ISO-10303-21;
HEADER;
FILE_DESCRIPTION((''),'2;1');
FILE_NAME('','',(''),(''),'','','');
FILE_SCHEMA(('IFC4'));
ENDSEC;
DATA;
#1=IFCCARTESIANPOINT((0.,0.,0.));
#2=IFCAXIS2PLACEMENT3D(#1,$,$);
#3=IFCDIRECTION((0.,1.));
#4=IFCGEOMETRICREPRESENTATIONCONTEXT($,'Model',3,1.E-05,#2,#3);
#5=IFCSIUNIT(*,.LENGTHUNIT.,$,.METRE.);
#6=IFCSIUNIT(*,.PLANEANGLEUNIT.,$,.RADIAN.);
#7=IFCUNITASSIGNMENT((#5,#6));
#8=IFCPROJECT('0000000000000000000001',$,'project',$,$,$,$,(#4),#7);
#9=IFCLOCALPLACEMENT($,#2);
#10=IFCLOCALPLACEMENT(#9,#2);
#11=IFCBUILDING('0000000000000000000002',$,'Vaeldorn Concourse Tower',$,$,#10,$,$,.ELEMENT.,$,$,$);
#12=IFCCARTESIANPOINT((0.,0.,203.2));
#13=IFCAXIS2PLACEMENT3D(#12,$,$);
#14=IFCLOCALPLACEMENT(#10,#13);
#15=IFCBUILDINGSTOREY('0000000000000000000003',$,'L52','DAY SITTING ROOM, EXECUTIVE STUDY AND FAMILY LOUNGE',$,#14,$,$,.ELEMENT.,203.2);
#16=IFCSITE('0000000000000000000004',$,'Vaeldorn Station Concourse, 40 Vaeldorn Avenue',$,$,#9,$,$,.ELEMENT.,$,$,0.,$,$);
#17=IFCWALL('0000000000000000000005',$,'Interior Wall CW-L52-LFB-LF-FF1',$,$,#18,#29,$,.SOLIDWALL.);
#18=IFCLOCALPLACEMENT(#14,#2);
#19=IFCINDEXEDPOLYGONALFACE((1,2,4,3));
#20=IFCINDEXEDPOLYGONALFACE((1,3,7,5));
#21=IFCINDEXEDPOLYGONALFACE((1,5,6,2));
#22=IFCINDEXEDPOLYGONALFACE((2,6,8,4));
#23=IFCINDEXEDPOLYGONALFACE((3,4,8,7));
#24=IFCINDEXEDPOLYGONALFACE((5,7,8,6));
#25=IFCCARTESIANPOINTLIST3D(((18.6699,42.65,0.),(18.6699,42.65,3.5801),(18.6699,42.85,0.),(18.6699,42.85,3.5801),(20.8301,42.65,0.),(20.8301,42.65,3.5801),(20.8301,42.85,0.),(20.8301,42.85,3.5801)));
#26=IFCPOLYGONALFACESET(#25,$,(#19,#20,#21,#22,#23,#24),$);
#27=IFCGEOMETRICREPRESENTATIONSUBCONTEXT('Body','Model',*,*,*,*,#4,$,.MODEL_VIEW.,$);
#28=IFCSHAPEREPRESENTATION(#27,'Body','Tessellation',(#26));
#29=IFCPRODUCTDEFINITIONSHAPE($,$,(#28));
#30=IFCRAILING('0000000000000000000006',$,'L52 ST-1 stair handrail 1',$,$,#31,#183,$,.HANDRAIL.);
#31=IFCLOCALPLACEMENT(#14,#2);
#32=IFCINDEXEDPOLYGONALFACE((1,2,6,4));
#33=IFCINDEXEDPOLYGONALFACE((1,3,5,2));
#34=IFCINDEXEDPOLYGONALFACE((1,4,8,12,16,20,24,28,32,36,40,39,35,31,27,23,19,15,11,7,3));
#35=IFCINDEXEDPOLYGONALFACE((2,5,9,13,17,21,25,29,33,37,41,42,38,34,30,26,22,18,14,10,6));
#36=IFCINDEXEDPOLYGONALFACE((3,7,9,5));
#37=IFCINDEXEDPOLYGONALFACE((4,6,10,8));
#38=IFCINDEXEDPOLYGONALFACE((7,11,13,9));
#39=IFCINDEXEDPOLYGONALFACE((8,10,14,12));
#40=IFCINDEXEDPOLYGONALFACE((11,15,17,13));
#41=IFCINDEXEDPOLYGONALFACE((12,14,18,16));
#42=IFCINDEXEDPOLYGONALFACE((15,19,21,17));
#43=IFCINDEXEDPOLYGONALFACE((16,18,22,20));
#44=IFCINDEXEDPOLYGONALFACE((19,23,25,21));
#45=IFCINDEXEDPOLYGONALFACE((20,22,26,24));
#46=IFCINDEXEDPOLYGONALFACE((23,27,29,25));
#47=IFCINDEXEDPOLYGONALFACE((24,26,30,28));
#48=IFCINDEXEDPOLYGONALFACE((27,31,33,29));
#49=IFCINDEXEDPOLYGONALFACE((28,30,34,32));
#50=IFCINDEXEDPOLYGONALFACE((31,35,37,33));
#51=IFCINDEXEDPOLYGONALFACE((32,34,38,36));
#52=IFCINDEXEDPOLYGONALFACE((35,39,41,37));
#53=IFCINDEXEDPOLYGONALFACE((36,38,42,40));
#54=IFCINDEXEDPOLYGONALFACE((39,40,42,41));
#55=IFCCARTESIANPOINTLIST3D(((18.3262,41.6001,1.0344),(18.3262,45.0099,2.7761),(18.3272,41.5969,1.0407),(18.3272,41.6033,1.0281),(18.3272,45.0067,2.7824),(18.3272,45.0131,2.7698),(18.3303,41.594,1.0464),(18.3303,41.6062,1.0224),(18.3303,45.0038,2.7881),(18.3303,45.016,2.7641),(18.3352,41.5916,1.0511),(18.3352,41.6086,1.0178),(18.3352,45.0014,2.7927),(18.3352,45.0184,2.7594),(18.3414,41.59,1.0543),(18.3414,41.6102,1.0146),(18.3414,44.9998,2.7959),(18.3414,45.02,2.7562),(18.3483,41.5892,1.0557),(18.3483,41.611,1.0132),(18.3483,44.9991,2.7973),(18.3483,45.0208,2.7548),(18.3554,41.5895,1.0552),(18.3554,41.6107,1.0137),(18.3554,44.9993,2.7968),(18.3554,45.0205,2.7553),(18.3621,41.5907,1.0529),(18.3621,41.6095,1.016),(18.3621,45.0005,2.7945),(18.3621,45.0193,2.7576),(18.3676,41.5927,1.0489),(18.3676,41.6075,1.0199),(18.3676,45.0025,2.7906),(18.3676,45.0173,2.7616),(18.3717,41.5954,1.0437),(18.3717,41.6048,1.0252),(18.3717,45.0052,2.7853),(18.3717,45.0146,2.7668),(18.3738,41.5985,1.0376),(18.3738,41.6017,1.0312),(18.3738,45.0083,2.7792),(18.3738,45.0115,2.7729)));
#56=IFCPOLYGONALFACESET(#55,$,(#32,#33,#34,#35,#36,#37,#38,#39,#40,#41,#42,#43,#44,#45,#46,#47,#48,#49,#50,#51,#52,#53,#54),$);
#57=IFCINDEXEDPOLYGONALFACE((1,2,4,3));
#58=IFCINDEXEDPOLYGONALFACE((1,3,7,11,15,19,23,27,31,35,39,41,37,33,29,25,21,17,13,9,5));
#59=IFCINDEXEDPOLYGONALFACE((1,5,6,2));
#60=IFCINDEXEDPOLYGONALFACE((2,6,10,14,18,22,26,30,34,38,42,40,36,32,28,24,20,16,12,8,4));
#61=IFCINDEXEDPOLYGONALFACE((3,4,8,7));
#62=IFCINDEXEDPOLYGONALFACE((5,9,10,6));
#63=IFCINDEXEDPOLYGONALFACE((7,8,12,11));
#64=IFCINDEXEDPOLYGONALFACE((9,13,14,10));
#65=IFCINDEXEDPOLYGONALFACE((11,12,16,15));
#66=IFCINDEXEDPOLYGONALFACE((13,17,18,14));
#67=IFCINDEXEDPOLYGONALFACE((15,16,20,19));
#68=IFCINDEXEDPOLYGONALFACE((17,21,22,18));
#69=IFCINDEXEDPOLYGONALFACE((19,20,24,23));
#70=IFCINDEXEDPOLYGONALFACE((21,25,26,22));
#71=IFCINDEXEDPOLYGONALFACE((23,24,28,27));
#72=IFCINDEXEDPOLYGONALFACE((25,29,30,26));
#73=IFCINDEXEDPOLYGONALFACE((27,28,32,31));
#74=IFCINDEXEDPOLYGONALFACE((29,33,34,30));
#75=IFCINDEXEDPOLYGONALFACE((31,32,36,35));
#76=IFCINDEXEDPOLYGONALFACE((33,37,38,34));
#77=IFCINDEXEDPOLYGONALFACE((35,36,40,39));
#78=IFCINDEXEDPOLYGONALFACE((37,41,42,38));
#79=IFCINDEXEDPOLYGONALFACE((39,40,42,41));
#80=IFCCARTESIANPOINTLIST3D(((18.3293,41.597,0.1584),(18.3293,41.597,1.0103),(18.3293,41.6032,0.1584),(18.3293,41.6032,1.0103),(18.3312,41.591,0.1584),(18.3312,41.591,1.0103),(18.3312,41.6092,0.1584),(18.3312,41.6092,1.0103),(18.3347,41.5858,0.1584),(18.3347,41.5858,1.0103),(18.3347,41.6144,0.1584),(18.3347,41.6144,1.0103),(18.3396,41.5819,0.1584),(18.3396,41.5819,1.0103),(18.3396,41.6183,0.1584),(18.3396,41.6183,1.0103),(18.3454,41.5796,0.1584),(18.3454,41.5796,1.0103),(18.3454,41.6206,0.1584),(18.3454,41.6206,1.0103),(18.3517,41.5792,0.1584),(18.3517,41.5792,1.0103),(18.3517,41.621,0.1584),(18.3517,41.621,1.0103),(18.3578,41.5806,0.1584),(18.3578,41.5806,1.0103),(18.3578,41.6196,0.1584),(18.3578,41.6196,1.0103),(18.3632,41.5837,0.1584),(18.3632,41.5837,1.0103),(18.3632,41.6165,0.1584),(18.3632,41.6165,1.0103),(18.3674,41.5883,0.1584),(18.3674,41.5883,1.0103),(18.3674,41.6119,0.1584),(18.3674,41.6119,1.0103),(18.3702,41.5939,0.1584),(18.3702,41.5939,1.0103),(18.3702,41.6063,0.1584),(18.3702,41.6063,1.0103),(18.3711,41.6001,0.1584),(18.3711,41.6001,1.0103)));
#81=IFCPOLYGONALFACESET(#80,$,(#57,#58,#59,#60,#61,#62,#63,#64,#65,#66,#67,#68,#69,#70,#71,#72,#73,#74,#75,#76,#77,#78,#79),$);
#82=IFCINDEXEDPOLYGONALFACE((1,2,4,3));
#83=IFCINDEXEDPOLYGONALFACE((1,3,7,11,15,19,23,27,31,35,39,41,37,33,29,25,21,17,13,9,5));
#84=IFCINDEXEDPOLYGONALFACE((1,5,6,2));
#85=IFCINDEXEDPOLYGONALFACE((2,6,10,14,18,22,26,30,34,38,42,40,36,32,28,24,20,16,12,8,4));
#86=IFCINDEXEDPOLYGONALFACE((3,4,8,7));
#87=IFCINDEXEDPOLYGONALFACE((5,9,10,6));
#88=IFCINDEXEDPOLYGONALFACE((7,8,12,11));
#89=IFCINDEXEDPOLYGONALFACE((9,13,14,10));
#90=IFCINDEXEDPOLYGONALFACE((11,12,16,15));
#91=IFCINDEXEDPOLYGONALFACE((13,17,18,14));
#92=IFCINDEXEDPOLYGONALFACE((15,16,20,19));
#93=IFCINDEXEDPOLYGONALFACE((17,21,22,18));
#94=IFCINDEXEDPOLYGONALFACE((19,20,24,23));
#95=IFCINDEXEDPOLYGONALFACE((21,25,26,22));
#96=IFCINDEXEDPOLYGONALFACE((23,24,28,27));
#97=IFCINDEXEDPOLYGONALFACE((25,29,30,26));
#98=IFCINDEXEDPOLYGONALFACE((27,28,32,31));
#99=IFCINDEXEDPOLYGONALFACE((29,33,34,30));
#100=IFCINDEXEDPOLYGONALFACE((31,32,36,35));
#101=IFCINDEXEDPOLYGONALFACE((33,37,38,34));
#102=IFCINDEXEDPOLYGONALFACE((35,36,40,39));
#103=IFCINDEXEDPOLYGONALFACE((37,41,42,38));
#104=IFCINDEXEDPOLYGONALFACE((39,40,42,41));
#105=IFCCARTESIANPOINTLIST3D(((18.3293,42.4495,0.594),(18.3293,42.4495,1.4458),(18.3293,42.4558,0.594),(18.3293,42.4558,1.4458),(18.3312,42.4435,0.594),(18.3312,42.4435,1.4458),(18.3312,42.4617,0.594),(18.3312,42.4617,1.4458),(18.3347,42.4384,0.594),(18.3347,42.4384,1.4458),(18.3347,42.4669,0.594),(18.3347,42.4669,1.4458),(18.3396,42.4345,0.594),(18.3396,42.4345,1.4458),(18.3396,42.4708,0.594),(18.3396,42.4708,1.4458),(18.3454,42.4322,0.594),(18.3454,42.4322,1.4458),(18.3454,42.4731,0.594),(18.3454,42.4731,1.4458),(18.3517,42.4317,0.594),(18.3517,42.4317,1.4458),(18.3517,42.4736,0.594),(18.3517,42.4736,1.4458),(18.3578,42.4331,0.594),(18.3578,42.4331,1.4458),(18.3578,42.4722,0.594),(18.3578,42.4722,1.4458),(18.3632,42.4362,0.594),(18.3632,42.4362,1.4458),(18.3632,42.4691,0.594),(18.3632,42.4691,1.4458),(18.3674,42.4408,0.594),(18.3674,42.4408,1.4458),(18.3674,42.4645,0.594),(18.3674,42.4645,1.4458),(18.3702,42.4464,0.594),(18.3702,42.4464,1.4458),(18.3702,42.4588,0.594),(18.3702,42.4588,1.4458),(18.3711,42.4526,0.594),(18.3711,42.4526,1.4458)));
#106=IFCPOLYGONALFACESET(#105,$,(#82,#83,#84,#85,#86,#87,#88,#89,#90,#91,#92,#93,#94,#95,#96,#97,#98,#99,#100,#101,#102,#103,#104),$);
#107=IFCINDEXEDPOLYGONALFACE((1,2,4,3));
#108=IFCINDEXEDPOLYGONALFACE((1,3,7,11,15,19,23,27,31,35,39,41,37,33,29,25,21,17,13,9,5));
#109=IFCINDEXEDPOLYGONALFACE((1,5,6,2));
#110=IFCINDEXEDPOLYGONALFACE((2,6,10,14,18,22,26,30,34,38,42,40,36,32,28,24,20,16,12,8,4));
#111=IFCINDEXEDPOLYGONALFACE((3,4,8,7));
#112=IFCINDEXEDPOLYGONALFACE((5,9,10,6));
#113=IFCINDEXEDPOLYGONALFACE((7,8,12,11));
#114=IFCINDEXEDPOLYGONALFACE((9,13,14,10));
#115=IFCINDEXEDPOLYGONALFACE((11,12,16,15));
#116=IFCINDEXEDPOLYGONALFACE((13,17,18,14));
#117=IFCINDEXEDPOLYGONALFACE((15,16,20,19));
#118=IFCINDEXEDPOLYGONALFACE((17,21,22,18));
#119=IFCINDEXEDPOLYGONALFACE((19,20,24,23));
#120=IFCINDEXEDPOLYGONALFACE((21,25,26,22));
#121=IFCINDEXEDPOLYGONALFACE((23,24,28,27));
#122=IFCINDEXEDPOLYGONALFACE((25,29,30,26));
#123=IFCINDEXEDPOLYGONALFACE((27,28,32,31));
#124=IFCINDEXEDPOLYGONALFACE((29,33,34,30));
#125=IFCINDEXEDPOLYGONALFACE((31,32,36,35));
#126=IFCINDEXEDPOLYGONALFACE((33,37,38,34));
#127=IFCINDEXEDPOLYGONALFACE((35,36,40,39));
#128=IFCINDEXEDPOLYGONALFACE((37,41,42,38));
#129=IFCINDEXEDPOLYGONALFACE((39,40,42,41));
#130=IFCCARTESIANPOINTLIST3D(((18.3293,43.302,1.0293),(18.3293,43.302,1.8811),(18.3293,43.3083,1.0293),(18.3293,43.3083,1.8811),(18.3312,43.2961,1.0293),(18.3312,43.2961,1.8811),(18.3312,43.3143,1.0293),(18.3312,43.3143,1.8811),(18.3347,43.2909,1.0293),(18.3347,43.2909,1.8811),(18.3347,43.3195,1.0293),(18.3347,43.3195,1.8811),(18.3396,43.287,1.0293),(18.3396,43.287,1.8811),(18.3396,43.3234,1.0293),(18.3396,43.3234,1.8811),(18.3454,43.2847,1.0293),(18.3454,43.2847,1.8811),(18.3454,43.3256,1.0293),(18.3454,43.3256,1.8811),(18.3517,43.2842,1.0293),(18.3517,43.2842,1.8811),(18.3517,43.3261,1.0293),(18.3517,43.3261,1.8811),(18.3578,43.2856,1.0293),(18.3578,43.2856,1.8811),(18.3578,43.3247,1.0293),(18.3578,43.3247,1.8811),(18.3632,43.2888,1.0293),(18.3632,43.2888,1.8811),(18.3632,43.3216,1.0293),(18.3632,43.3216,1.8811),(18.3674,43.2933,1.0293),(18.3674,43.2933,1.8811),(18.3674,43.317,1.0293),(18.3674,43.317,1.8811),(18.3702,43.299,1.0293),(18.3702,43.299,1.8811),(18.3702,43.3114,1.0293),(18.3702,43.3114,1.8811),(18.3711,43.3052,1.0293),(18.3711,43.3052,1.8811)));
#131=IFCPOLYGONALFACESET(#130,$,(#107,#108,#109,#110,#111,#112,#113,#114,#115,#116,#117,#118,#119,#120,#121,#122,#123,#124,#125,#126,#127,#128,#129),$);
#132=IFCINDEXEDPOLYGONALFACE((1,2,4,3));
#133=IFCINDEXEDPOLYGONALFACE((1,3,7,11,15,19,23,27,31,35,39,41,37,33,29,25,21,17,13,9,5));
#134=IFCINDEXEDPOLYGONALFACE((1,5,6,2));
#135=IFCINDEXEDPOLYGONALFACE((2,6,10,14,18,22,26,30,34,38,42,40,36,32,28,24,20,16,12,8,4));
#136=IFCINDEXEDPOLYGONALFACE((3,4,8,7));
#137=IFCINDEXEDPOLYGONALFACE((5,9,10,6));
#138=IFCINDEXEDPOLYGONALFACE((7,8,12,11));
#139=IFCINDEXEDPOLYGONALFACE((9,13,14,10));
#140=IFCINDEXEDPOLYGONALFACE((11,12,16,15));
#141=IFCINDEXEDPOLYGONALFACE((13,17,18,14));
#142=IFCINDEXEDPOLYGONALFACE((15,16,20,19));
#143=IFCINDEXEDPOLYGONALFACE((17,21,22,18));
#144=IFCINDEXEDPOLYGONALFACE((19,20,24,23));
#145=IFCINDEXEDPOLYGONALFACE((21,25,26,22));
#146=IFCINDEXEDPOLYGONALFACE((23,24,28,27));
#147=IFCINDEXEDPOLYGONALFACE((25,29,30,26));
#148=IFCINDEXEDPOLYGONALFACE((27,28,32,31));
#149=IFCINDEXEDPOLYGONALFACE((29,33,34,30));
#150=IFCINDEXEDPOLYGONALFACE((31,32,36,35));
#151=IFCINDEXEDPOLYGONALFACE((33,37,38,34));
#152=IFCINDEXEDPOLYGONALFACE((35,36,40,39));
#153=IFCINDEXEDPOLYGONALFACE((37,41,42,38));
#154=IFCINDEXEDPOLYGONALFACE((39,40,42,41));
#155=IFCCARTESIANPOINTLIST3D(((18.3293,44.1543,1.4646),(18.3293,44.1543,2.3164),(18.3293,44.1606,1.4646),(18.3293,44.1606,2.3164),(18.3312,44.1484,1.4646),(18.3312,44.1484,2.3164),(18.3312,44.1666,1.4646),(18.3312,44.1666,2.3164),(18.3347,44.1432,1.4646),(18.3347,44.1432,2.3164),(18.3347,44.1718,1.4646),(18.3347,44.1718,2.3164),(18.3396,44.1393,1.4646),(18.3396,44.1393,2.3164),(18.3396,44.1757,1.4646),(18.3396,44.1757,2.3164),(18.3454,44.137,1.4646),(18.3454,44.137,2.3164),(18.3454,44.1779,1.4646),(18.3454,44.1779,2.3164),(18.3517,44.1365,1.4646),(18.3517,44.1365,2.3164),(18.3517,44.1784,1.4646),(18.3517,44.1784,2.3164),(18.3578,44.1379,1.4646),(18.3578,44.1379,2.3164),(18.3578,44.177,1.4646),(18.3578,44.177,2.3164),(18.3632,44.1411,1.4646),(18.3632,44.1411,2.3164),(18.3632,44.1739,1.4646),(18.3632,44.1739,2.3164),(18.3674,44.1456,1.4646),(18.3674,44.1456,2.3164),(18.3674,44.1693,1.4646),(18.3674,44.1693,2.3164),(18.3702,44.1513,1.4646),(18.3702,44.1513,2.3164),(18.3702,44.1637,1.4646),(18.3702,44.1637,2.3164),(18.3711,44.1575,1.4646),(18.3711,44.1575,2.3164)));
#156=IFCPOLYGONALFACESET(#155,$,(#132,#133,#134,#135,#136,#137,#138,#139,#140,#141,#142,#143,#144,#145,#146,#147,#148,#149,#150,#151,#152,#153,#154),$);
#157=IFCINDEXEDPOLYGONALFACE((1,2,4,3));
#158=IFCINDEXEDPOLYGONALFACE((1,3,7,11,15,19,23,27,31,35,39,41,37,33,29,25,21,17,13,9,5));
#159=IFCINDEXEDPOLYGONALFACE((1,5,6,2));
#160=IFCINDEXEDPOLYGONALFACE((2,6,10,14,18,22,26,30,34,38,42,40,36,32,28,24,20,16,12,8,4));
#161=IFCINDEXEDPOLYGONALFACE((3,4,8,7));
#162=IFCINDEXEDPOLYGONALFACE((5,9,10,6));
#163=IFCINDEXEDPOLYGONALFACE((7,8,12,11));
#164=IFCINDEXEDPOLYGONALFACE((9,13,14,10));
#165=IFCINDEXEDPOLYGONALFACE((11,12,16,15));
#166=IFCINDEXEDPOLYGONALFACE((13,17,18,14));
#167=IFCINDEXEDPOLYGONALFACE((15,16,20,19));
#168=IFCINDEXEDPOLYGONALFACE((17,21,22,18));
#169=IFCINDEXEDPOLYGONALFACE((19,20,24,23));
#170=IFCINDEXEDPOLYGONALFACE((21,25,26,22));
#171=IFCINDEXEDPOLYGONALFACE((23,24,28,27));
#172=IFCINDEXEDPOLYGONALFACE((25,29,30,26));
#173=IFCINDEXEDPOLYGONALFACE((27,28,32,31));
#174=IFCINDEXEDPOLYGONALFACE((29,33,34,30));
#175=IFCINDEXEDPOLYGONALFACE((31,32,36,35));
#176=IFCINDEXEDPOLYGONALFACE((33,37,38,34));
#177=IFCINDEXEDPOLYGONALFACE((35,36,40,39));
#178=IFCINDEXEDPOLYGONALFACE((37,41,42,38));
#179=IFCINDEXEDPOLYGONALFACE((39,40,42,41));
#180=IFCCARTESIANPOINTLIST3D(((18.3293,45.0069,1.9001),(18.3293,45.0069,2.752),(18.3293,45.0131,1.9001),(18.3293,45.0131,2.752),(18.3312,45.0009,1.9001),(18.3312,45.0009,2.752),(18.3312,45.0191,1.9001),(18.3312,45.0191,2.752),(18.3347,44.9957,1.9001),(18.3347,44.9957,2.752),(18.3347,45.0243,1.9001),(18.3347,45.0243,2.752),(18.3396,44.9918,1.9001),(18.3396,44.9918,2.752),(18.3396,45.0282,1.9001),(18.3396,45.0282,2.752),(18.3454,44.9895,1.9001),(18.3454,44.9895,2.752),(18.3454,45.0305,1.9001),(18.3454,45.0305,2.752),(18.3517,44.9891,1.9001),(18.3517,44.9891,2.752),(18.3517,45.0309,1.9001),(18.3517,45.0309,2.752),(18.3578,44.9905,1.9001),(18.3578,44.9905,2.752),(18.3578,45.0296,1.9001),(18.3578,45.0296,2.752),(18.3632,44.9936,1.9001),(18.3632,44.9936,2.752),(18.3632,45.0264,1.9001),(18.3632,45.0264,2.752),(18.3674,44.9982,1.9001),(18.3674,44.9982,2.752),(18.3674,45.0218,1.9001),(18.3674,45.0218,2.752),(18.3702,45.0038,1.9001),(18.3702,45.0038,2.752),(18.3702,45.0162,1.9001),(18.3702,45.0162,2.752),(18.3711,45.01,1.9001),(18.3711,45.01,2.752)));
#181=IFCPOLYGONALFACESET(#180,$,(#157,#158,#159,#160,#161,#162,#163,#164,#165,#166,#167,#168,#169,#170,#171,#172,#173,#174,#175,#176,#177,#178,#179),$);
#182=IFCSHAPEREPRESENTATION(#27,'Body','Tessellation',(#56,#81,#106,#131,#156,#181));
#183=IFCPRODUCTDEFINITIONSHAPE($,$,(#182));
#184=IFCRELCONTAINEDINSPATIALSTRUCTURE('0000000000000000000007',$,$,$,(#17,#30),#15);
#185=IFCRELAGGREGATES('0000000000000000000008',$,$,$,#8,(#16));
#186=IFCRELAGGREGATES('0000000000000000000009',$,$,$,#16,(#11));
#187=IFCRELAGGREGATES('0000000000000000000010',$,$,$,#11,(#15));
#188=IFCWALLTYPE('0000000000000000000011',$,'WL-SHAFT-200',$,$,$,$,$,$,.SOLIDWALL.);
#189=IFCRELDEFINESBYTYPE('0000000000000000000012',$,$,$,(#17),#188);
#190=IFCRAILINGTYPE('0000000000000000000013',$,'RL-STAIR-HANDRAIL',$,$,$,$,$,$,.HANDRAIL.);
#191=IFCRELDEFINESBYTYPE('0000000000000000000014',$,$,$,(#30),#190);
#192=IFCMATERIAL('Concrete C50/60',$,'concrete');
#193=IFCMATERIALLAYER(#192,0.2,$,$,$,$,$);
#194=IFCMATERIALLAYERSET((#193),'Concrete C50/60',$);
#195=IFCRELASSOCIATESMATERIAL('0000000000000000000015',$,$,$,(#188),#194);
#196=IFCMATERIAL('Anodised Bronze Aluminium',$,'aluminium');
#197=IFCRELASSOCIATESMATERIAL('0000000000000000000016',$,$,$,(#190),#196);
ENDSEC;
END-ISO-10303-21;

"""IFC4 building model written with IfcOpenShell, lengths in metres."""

from ifc_helpers import new_model, si_unit, direction, frame, frame_2d, origin, origin_2d, place, context, subcontext, project, spatial, rectangle, circle, extrude, material, layer, layer_set, type_object, element, save


model = new_model("IFC4")

# Units and contexts
model_context = context("Model", 3, precision=1e-05, world=origin(), true_north=direction((0.0, 1.0)))
body_context = subcontext(model_context, "Body", "Model", "MODEL_VIEW")
ifc_project = project(units=[si_unit("LENGTHUNIT", "METRE"), si_unit("PLANEANGLEUNIT", "RADIAN")], contexts=[model_context])

# Site, building, storey
site_placement = place(None, origin())
site = spatial("IfcSite", under=ifc_project, at=site_placement, Name="Vaeldorn Station Concourse, 40 Vaeldorn Avenue", CompositionType="ELEMENT", RefElevation=0.0)
building_placement = place(site_placement, origin())
building = spatial("IfcBuilding", under=site, at=building_placement, Name="Vaeldorn Concourse Tower", CompositionType="ELEMENT")
storey_placement = place(building_placement, frame((0.0, 0.0, 203.2)))
storey = spatial("IfcBuildingStorey", under=building, at=storey_placement, Name="L52", Description="DAY SITTING ROOM, EXECUTIVE STUDY AND FAMILY LOUNGE", CompositionType="ELEMENT", Elevation=203.2)

# Shared definitions
ifc_material_1 = material(Name="Concrete C50/60", Category="concrete")
ifc_layer_1 = layer(ifc_material_1, 0.2)
ifc_layer_set_1 = layer_set([ifc_layer_1], Name="Concrete C50/60")
wall_type_1 = type_object("IfcWallType", Name="WL-SHAFT-200", PredefinedType="SOLIDWALL", material=ifc_layer_set_1)

# Shared definitions
ifc_material_2 = material(Name="Anodised Bronze Aluminium", Category="aluminium")

# Wall
wall_1_placement = place(storey_placement, frame((18.6699, 42.75, 0.0), z_axis=(0.0, 0.0, 1.0), x_axis=(1.0, 0.0, 0.0)))
element("IfcWall", 1, at=wall_1_placement, inside=storey, type_object=wall_type_1, Name="Interior Wall CW-L52-LFB-LF-FF1", PredefinedType="SOLIDWALL", context=body_context, shape_type="SweptSolid", body=[
    extrude(rectangle(XDim=2.1602, YDim=0.2, at=frame_2d((1.0801, 0.0))), origin(), (0.0, 0.0, 1.0), 3.5801),
])

# Railing
railing_type = type_object("IfcRailingType", Name="RL-STAIR-HANDRAIL", PredefinedType="HANDRAIL", material=ifc_material_2)
railing_placement = place(storey_placement, frame((18.3501, 41.6001, 0.1584)))
element("IfcRailing", 2, at=railing_placement, inside=storey, type_object=railing_type, Name="L52 ST-1 stair handrail 1", PredefinedType="HANDRAIL", context=body_context, shape_type="SweptSolid", body=[
    extrude(circle(Radius=0.0239, at=origin_2d()), frame((0.0, 0.0, 0.876), z_axis=(0.0, 0.890556, 0.454874), x_axis=(-1.0, 0.0, 0.0)), (0.0, 0.0, 1.0), 3.8289),
    extrude(circle(Radius=0.021, at=origin_2d()), origin(), (0.0, 0.0, 1.0), 0.8518),
    extrude(circle(Radius=0.021, at=origin_2d()), frame((0.0, 0.8525, 0.4355)), (0.0, 0.0, 1.0), 0.8518),
    extrude(circle(Radius=0.021, at=origin_2d()), frame((0.0, 1.7051, 0.8708)), (0.0, 0.0, 1.0), 0.8518),
    extrude(circle(Radius=0.021, at=origin_2d()), frame((0.0, 2.5574, 1.3062)), (0.0, 0.0, 1.0), 0.8518),
    extrude(circle(Radius=0.021, at=origin_2d()), frame((0.0, 3.4099, 1.7417)), (0.0, 0.0, 1.0), 0.8518),
])

save(model, "model.ifc")
